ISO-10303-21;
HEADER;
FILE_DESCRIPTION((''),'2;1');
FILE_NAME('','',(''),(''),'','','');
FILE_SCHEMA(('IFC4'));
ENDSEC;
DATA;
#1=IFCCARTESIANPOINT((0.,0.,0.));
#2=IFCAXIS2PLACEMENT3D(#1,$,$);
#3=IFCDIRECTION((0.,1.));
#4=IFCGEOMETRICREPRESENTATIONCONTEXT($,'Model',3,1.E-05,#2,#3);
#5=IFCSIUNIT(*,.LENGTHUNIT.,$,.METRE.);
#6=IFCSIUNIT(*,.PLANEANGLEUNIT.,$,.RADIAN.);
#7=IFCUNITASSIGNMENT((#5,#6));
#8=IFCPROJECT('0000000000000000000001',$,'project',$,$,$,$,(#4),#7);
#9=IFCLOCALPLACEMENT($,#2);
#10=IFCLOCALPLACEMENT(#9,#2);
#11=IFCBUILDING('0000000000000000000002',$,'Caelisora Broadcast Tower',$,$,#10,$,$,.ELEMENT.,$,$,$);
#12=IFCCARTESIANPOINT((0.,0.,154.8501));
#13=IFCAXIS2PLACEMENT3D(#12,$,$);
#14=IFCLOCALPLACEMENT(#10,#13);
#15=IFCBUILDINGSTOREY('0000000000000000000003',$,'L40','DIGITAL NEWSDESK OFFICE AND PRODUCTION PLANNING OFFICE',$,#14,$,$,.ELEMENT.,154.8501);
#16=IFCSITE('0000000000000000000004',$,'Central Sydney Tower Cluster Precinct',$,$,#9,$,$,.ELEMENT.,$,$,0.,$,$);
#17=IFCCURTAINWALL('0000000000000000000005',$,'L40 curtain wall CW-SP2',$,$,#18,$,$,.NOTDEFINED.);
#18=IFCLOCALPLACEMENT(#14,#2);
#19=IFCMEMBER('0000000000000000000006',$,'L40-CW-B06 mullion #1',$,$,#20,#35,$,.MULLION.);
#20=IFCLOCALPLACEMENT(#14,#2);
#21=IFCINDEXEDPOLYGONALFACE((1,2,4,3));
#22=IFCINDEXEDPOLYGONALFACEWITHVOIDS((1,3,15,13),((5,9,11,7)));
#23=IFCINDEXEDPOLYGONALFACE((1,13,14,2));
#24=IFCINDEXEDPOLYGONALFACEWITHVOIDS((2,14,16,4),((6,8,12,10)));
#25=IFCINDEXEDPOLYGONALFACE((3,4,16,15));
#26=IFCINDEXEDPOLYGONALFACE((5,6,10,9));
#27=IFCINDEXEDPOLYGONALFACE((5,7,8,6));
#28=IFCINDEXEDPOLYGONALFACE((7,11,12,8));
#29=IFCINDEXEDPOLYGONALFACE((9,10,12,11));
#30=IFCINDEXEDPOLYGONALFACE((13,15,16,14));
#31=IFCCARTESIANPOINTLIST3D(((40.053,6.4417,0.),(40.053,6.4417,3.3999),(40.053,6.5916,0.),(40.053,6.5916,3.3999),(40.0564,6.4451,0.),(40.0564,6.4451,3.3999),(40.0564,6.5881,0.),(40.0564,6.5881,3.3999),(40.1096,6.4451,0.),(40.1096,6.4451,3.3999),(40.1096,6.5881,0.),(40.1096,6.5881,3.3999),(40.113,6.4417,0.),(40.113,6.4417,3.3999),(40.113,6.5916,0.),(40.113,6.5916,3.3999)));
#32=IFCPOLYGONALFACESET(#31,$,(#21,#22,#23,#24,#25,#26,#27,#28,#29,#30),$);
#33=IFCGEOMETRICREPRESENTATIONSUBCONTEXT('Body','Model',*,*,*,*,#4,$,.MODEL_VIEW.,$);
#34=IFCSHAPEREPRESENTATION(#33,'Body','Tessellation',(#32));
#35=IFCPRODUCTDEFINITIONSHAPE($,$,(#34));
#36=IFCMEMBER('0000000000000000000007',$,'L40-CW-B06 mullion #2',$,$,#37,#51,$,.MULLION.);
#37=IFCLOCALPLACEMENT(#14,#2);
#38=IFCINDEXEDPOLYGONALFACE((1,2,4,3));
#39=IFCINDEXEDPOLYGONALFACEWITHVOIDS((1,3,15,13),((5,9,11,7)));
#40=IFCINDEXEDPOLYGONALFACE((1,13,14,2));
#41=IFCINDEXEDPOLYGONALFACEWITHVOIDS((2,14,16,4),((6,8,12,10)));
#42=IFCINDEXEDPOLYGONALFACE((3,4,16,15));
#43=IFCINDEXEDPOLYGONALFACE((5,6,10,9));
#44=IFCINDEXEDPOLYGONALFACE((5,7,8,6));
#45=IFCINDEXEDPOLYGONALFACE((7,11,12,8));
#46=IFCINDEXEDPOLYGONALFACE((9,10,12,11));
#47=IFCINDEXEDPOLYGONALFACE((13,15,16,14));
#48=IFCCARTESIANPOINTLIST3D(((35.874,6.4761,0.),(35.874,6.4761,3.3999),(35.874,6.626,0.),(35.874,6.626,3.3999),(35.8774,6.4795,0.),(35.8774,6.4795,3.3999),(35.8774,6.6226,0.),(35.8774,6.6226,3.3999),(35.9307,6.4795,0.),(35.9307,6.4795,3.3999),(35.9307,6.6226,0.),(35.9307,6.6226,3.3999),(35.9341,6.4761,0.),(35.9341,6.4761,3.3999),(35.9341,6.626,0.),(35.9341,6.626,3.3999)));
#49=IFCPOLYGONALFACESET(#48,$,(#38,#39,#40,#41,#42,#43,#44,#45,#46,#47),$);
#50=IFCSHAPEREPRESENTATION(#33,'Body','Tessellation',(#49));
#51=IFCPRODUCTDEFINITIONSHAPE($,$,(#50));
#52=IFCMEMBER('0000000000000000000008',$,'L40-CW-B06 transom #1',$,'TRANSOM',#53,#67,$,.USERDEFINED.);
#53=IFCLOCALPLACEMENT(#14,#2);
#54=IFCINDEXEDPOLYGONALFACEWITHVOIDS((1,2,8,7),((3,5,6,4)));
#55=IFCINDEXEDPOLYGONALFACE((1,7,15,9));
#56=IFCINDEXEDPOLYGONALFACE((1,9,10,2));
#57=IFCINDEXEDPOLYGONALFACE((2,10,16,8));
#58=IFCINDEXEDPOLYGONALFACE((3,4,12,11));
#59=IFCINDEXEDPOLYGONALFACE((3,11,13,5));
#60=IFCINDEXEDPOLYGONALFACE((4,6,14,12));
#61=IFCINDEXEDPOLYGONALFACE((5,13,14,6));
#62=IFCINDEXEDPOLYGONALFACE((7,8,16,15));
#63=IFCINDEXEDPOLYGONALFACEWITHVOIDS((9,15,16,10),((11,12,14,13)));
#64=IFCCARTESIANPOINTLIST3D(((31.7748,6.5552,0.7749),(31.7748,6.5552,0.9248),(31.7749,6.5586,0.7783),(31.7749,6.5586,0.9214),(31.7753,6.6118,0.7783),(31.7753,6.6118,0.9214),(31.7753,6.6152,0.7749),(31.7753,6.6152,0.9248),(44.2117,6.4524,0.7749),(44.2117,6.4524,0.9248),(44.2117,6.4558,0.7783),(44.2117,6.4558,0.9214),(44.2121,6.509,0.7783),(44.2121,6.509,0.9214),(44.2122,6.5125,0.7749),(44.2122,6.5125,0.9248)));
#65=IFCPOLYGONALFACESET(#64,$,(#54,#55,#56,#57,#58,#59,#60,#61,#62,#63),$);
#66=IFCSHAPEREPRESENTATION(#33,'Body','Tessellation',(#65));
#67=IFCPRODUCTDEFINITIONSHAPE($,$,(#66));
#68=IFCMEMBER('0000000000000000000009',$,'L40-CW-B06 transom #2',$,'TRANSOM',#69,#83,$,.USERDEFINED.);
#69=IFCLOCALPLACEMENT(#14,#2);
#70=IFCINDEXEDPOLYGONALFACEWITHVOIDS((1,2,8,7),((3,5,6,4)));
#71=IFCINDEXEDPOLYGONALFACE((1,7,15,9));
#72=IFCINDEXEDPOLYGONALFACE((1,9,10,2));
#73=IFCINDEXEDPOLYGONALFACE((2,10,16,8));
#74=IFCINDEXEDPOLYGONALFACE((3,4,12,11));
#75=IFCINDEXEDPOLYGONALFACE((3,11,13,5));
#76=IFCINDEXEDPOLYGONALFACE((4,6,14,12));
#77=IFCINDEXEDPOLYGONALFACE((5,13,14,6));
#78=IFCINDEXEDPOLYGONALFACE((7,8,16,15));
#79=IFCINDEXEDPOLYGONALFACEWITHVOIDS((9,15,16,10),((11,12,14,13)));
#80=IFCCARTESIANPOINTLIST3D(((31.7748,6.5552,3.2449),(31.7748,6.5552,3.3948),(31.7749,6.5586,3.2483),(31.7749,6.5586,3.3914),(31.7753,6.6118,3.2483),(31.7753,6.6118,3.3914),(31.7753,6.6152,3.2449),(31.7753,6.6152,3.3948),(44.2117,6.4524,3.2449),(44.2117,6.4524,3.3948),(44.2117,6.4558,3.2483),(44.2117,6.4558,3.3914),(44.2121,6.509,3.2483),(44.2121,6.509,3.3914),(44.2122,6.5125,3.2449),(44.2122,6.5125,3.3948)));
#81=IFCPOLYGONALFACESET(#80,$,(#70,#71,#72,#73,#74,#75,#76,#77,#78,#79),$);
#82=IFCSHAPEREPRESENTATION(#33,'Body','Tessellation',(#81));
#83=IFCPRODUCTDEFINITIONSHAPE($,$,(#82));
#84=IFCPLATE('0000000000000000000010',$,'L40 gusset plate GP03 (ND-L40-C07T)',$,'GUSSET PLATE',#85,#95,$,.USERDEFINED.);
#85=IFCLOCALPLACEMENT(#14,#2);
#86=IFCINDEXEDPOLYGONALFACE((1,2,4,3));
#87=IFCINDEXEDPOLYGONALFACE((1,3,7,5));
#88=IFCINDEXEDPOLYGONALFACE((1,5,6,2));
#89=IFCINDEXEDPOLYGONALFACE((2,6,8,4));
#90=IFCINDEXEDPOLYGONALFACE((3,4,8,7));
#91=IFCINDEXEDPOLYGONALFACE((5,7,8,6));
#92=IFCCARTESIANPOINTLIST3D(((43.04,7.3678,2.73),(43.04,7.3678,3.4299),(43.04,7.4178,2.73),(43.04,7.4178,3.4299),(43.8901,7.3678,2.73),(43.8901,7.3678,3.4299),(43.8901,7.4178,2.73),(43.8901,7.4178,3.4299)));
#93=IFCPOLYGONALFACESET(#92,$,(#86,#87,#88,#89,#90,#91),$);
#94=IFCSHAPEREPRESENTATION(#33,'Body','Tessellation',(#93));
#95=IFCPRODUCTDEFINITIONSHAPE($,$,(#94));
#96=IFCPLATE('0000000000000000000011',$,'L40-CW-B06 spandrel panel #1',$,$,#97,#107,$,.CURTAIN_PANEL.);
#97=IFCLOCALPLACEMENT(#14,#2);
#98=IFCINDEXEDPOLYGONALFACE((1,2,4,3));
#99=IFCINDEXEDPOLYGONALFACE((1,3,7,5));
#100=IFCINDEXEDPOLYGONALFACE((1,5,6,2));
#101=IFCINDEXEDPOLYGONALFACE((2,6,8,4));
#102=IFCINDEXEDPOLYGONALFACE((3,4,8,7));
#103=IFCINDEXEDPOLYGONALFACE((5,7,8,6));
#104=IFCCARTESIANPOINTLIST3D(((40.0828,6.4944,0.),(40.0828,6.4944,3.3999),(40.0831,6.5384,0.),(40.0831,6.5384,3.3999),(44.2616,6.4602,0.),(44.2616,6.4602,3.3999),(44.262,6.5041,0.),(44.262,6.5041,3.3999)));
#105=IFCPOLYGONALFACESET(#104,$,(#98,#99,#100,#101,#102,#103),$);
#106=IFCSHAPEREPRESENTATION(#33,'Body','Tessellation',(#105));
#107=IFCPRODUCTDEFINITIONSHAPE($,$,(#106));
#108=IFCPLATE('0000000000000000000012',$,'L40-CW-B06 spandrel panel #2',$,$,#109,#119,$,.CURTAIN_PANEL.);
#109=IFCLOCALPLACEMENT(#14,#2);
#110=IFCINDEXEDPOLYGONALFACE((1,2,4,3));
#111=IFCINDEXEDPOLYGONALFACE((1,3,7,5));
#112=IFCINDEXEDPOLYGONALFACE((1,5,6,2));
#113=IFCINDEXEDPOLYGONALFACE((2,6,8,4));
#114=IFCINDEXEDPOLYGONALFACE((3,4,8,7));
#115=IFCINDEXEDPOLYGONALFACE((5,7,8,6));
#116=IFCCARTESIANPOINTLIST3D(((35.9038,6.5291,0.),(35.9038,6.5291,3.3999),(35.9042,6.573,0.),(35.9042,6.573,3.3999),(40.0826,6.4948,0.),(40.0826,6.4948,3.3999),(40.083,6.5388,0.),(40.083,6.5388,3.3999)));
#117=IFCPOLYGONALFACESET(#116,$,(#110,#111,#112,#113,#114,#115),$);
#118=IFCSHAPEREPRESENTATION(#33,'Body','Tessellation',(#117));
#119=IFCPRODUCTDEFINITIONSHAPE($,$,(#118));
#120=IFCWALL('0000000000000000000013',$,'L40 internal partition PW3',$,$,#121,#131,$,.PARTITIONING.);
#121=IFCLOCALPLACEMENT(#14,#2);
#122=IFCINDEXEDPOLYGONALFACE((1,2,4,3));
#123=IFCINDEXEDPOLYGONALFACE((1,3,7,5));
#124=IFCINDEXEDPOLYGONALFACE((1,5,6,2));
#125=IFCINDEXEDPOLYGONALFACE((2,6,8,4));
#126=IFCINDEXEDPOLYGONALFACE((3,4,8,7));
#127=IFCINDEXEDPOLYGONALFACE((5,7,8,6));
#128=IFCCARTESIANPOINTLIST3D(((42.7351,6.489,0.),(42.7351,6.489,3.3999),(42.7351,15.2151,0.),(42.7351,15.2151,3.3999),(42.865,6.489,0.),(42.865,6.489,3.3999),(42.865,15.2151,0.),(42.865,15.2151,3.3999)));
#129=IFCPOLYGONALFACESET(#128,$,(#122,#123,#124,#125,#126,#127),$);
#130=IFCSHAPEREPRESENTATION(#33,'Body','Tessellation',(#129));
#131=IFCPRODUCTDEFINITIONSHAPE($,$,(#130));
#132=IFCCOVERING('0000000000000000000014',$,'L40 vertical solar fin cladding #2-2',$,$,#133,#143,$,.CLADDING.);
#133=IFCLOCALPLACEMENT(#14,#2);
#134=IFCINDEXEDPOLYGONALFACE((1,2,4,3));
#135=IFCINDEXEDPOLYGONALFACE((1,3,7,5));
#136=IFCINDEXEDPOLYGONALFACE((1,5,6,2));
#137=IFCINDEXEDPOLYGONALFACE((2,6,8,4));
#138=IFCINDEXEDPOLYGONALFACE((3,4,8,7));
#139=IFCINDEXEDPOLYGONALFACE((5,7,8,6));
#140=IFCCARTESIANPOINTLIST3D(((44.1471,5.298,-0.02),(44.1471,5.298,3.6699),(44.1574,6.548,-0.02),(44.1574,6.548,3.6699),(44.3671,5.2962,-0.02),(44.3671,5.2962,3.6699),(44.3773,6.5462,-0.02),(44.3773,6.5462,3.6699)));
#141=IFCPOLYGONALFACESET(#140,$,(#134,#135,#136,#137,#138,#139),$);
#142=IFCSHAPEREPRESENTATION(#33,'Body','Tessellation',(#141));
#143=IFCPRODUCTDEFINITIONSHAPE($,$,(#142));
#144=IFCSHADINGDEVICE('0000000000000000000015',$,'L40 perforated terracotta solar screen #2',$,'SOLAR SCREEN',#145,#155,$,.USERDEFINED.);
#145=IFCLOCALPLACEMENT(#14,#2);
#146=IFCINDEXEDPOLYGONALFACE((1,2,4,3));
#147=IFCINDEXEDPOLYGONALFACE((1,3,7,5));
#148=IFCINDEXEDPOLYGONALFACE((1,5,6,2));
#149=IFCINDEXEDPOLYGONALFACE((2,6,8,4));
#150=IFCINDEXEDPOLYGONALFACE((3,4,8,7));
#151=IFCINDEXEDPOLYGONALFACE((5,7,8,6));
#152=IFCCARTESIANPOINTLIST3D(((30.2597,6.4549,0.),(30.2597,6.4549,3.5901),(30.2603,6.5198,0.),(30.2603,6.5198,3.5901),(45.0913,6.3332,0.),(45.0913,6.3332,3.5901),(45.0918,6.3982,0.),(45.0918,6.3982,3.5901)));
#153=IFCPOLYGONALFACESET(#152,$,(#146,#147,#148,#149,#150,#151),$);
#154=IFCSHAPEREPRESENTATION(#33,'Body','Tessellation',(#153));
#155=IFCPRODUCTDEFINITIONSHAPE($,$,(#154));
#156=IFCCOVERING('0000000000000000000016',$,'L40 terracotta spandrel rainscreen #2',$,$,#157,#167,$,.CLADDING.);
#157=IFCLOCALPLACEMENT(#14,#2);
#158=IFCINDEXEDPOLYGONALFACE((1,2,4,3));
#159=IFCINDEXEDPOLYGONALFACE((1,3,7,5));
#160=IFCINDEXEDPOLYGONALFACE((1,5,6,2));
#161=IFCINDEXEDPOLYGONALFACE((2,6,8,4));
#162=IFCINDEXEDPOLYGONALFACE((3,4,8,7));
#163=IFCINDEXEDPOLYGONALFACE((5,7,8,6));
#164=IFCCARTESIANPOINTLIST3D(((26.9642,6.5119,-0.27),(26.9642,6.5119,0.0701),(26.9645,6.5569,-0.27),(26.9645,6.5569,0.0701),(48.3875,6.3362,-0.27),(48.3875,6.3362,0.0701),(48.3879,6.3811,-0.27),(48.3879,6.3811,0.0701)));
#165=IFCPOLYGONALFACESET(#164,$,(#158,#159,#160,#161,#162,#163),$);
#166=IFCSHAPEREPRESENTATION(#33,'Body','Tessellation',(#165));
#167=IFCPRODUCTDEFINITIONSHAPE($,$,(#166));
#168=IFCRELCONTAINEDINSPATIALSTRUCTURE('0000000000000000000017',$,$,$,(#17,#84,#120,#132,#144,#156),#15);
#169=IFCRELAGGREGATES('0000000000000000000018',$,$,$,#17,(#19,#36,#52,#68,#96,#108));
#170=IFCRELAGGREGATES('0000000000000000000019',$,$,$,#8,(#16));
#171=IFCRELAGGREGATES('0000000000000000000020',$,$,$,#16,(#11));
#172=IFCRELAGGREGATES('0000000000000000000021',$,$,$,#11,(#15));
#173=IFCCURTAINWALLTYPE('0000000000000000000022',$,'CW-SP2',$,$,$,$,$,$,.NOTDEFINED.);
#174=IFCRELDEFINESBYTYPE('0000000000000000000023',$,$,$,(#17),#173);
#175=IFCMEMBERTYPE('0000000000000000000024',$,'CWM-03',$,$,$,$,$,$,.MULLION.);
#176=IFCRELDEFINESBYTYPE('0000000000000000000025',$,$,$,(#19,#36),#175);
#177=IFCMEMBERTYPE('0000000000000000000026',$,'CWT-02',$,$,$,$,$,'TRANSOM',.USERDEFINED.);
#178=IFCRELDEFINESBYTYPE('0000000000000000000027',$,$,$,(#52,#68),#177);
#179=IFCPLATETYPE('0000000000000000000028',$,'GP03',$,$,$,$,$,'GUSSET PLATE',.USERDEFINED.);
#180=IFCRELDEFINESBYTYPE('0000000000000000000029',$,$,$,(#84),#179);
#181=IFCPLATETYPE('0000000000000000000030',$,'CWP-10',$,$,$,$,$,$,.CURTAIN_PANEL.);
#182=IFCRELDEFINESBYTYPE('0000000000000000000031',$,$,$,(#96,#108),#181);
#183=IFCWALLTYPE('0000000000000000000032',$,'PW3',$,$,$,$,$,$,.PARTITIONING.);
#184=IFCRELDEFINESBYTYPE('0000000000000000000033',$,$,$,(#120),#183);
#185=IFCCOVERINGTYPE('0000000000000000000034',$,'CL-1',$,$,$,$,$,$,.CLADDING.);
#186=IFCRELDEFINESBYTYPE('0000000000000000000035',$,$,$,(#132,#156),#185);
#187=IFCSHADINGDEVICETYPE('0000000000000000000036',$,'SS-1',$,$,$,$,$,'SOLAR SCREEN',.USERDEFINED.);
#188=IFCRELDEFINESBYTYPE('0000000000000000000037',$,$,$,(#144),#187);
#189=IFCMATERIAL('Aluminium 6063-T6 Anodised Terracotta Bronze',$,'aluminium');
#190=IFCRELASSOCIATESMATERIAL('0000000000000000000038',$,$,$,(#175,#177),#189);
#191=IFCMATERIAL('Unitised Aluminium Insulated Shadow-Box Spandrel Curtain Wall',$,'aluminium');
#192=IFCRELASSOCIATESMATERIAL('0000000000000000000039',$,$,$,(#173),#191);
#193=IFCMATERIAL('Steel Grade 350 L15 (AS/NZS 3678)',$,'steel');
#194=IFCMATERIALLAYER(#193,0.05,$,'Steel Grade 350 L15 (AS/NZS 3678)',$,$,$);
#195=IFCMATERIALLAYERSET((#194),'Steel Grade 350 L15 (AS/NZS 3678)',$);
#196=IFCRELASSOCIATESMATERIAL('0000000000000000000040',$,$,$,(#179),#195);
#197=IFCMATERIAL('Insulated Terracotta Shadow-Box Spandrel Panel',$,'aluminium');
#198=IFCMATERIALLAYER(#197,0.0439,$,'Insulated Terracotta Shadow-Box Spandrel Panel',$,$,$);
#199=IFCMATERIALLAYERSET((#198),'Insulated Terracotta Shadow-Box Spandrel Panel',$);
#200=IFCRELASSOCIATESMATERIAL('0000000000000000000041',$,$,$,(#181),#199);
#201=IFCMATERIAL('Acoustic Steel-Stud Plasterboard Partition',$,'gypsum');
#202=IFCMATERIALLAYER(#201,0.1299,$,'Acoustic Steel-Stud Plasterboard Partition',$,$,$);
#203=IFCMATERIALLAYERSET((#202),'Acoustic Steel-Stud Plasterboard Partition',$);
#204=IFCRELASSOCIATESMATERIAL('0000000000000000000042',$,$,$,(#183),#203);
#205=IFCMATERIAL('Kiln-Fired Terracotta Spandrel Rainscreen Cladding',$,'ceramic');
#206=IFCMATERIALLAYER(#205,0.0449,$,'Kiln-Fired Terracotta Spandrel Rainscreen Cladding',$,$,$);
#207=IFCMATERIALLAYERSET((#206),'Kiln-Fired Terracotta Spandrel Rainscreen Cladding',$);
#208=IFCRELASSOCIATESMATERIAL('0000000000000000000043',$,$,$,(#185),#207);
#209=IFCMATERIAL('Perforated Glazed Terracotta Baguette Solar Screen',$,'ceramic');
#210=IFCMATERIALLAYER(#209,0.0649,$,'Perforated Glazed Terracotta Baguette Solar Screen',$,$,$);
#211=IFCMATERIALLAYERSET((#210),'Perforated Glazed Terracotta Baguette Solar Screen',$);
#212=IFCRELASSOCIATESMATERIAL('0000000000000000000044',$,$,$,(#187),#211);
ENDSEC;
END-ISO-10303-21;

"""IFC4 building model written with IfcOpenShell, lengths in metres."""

from ifc_helpers import new_model, si_unit, direction, frame, frame_2d, origin, origin_2d, place, context, subcontext, project, spatial, rectangle, hollow_rectangle, extrude, source, transform, mapped, material, layer, layer_set, material_profile, profile_set, type_object, type_shapes, element, aggregate, save


model = new_model("IFC4")

# Units and contexts
model_context = context("Model", 3, precision=1e-05, world=origin(), true_north=direction((0.0, 1.0)))
body_context = subcontext(model_context, "Body", "Model", "MODEL_VIEW")
ifc_project = project(units=[si_unit("LENGTHUNIT", "METRE"), si_unit("PLANEANGLEUNIT", "RADIAN")], contexts=[model_context])

# Site, building, storey
site_placement = place(None, origin())
site = spatial("IfcSite", under=ifc_project, at=site_placement, Name="Central Sydney Tower Cluster Precinct", CompositionType="ELEMENT", RefElevation=0.0)
building_placement = place(site_placement, origin())
building = spatial("IfcBuilding", under=site, at=building_placement, Name="Caelisora Broadcast Tower", CompositionType="ELEMENT")
storey_placement = place(building_placement, frame((0.0, 0.0, 154.8501)))
storey = spatial("IfcBuildingStorey", under=building, at=storey_placement, Name="L40", Description="DIGITAL NEWSDESK OFFICE AND PRODUCTION PLANNING OFFICE", CompositionType="ELEMENT", Elevation=154.8501)

# Shared definitions
ifc_material_1 = material(Name="Steel Grade 350 L15 (AS/NZS 3678)", Category="steel")

# Shared definitions
ifc_material_2 = material(Name="Aluminium 6063-T6 Anodised Terracotta Bronze", Category="aluminium")
ifc_material_profile_1 = material_profile(ifc_material_2, hollow_rectangle(XDim=0.0601, YDim=0.1499, WallThickness=0.0034, at=origin_2d()), Name="Aluminium 6063-T6 Anodised Terracotta Bronze")
ifc_profile_set_1 = profile_set([ifc_material_profile_1], Name="Aluminium 6063-T6 Anodised Terracotta Bronze")
member_type_1 = type_object("IfcMemberType", Name="CWM-03", PredefinedType="MULLION", material=ifc_profile_set_1)
shared_shape_1 = source(origin(), body_context, "Body", "SweptSolid", [
    extrude(hollow_rectangle(XDim=0.0601, YDim=0.1499, WallThickness=0.0034, at=origin_2d()), origin(), (0.0, 0.0, 1.0), 3.3999),
])
type_shapes(member_type_1, [shared_shape_1])

# Curtain wall, members
ifc_material_3 = material(Name="Unitised Aluminium Insulated Shadow-Box Spandrel Curtain Wall", Category="aluminium")
curtain_wall_type_1 = type_object("IfcCurtainWallType", Name="CW-SP2", PredefinedType="NOTDEFINED", material=ifc_material_3)
curtain_wall_1_placement = place(storey_placement, origin())
curtain_wall_1 = element("IfcCurtainWall", 1, at=curtain_wall_1_placement, inside=storey, type_object=curtain_wall_type_1, Name="L40 curtain wall CW-SP2", PredefinedType="NOTDEFINED")
member_1_placement = place(storey_placement, frame((40.083, 6.5166, 0.0), z_axis=(0.0, 0.0, 1.0), x_axis=(1.0, 0.0, 0.0)))
member_1 = element("IfcMember", 2, at=member_1_placement, type_object=member_type_1, Name="L40-CW-B06 mullion #1", PredefinedType="MULLION", context=body_context, shape_type="MappedRepresentation", body=[
    mapped(shared_shape_1, transform((0.0, 0.0, 0.0), scale=1.0)),
])
member_2_placement = place(storey_placement, frame((35.9041, 6.551, 0.0), z_axis=(0.0, 0.0, 1.0), x_axis=(1.0, 0.0, 0.0)))
member_2 = element("IfcMember", 3, at=member_2_placement, type_object=member_type_1, Name="L40-CW-B06 mullion #2", PredefinedType="MULLION", context=body_context, shape_type="MappedRepresentation", body=[
    mapped(shared_shape_1, transform((0.0, 0.0, 0.0), scale=1.0)),
])
ifc_material_profile_2 = material_profile(ifc_material_2, hollow_rectangle(XDim=0.0601, YDim=0.1499, WallThickness=0.0034, at=origin_2d()), Name="Aluminium 6063-T6 Anodised Terracotta Bronze")
ifc_profile_set_2 = profile_set([ifc_material_profile_2], Name="Aluminium 6063-T6 Anodised Terracotta Bronze")
member_type_2 = type_object("IfcMemberType", Name="CWT-02", ElementType="TRANSOM", PredefinedType="USERDEFINED", material=ifc_profile_set_2)
shared_shape_2 = source(origin(), body_context, "Body", "SweptSolid", [
    extrude(hollow_rectangle(XDim=0.0601, YDim=0.1499, WallThickness=0.0034, at=origin_2d()), origin(), (0.0, 0.0, 1.0), 12.4373),
])
type_shapes(member_type_2, [shared_shape_2])
member_3_placement = place(storey_placement, frame((44.2119, 6.4824, 0.8499), z_axis=(-0.999966, 0.008264, 0.0), x_axis=(-0.008264, -0.999966, 0.0)))
member_3 = element("IfcMember", 4, at=member_3_placement, type_object=member_type_2, Name="L40-CW-B06 transom #1", ObjectType="TRANSOM", PredefinedType="USERDEFINED", context=body_context, shape_type="MappedRepresentation", body=[
    mapped(shared_shape_2, transform((0.0, 0.0, 0.0), scale=1.0)),
])
member_4_placement = place(storey_placement, frame((44.2119, 6.4824, 3.3198), z_axis=(-0.999966, 0.008264, 0.0), x_axis=(-0.008264, -0.999966, 0.0)))
member_4 = element("IfcMember", 5, at=member_4_placement, type_object=member_type_2, Name="L40-CW-B06 transom #2", ObjectType="TRANSOM", PredefinedType="USERDEFINED", context=body_context, shape_type="MappedRepresentation", body=[
    mapped(shared_shape_2, transform((0.0, 0.0, 0.0), scale=1.0)),
])

# Plates
ifc_layer_1 = layer(ifc_material_1, 0.05, Name="Steel Grade 350 L15 (AS/NZS 3678)")
ifc_layer_set_1 = layer_set([ifc_layer_1], Name="Steel Grade 350 L15 (AS/NZS 3678)")
plate_type_1 = type_object("IfcPlateType", Name="GP03", ElementType="GUSSET PLATE", PredefinedType="USERDEFINED", material=ifc_layer_set_1)
shared_shape_3 = source(origin(), body_context, "Body", "SweptSolid", [
    extrude(rectangle(XDim=0.8501, YDim=0.05, at=origin_2d()), origin(), (0.0, 0.0, 1.0), 0.7),
])
type_shapes(plate_type_1, [shared_shape_3])
plate_1_placement = place(storey_placement, frame((43.4651, 7.3928, 2.73), z_axis=(0.0, 0.0, 1.0), x_axis=(1.0, 0.0, 0.0)))
element("IfcPlate", 6, at=plate_1_placement, inside=storey, type_object=plate_type_1, Name="L40 gusset plate GP03 (ND-L40-C07T)", ObjectType="GUSSET PLATE", PredefinedType="USERDEFINED", context=body_context, shape_type="MappedRepresentation", body=[
    mapped(shared_shape_3, transform((0.0, 0.0, 0.0), scale=1.0)),
])
ifc_material_4 = material(Name="Insulated Terracotta Shadow-Box Spandrel Panel", Category="aluminium")
ifc_layer_2 = layer(ifc_material_4, 0.0439, Name="Insulated Terracotta Shadow-Box Spandrel Panel")
ifc_layer_set_2 = layer_set([ifc_layer_2], Name="Insulated Terracotta Shadow-Box Spandrel Panel")
plate_type_2 = type_object("IfcPlateType", Name="CWP-10", PredefinedType="CURTAIN_PANEL", material=ifc_layer_set_2)
shared_shape_4 = source(origin(), body_context, "Body", "SweptSolid", [
    extrude(rectangle(XDim=4.179, YDim=0.0439, at=origin_2d()), origin(), (0.0, 0.0, 1.0), 3.3999),
])
type_shapes(plate_type_2, [shared_shape_4])
plate_2_placement = place(storey_placement, frame((42.1724, 6.4993, 0.0), z_axis=(0.0, 0.0, 1.0), x_axis=(-0.999966, 0.008203, 0.0)))
plate_2 = element("IfcPlate", 7, at=plate_2_placement, type_object=plate_type_2, Name="L40-CW-B06 spandrel panel #1", PredefinedType="CURTAIN_PANEL", context=body_context, shape_type="MappedRepresentation", body=[
    mapped(shared_shape_4, transform((0.0, 0.0, 0.0), scale=1.0)),
])
plate_3_placement = place(storey_placement, frame((37.9934, 6.5339, 0.0), z_axis=(0.0, 0.0, 1.0), x_axis=(-0.999966, 0.008203, 0.0)))
plate_3 = element("IfcPlate", 8, at=plate_3_placement, type_object=plate_type_2, Name="L40-CW-B06 spandrel panel #2", PredefinedType="CURTAIN_PANEL", context=body_context, shape_type="MappedRepresentation", body=[
    mapped(shared_shape_4, transform((0.0, 0.0, 0.0), scale=1.0)),
])
aggregate(curtain_wall_1, [member_1, member_2, member_3, member_4, plate_2, plate_3])

# Wall
ifc_material_5 = material(Name="Acoustic Steel-Stud Plasterboard Partition", Category="gypsum")
ifc_layer_3 = layer(ifc_material_5, 0.1299, Name="Acoustic Steel-Stud Plasterboard Partition")
ifc_layer_set_3 = layer_set([ifc_layer_3], Name="Acoustic Steel-Stud Plasterboard Partition")
wall_type = type_object("IfcWallType", Name="PW3", PredefinedType="PARTITIONING", material=ifc_layer_set_3)
wall_placement = place(storey_placement, frame((42.8, 6.489, 0.0), z_axis=(0.0, 0.0, 1.0), x_axis=(0.0, 1.0, 0.0)))
element("IfcWall", 9, at=wall_placement, inside=storey, type_object=wall_type, Name="L40 internal partition PW3", PredefinedType="PARTITIONING", context=body_context, shape_type="SweptSolid", body=[
    extrude(rectangle(XDim=8.7261, YDim=0.1299, at=frame_2d((4.363, 0.0))), origin(), (0.0, 0.0, 1.0), 3.3999),
])

# Covering
ifc_material_6 = material(Name="Kiln-Fired Terracotta Spandrel Rainscreen Cladding", Category="ceramic")
ifc_layer_4 = layer(ifc_material_6, 0.0449, Name="Kiln-Fired Terracotta Spandrel Rainscreen Cladding")
ifc_layer_set_4 = layer_set([ifc_layer_4], Name="Kiln-Fired Terracotta Spandrel Rainscreen Cladding")
covering_type = type_object("IfcCoveringType", Name="CL-1", PredefinedType="CLADDING", material=ifc_layer_set_4)
shared_shape_5 = source(origin(), body_context, "Body", "SweptSolid", [
    extrude(rectangle(XDim=0.22, YDim=1.25, at=origin_2d()), origin(), (0.0, 0.0, 1.0), 3.6899),
])
covering_1_placement = place(storey_placement, frame((44.2622, 5.9221, -0.02), z_axis=(0.0, 0.0, 1.0), x_axis=(-0.999966, 0.008203, 0.0)))
element("IfcCovering", 10, at=covering_1_placement, inside=storey, type_object=covering_type, Name="L40 vertical solar fin cladding #2-2", PredefinedType="CLADDING", context=body_context, shape_type="MappedRepresentation", body=[
    mapped(shared_shape_5, transform((0.0, 0.0, 0.0), scale=1.0)),
])

# Shading device
ifc_material_7 = material(Name="Perforated Glazed Terracotta Baguette Solar Screen", Category="ceramic")
ifc_layer_5 = layer(ifc_material_7, 0.0649, Name="Perforated Glazed Terracotta Baguette Solar Screen")
ifc_layer_set_5 = layer_set([ifc_layer_5], Name="Perforated Glazed Terracotta Baguette Solar Screen")
shading_device_type = type_object("IfcShadingDeviceType", Name="SS-1", ElementType="SOLAR SCREEN", PredefinedType="USERDEFINED", material=ifc_layer_set_5)
shared_shape_6 = source(origin(), body_context, "Body", "SweptSolid", [
    extrude(rectangle(XDim=14.832, YDim=0.0649, at=origin_2d()), origin(), (0.0, 0.0, 1.0), 3.5901),
])
type_shapes(shading_device_type, [shared_shape_6])
shading_device_placement = place(storey_placement, frame((37.6758, 6.4265, 0.0), z_axis=(0.0, 0.0, 1.0), x_axis=(0.999966, -0.008203, 0.0)))
element("IfcShadingDevice", 11, at=shading_device_placement, inside=storey, type_object=shading_device_type, Name="L40 perforated terracotta solar screen #2", ObjectType="SOLAR SCREEN", PredefinedType="USERDEFINED", context=body_context, shape_type="MappedRepresentation", body=[
    mapped(shared_shape_6, transform((0.0, 0.0, 0.0), scale=1.0)),
])

# Covering
shared_shape_7 = source(origin(), body_context, "Body", "SweptSolid", [
    extrude(rectangle(XDim=21.4241, YDim=0.0449, at=origin_2d()), origin(), (0.0, 0.0, 1.0), 0.3401),
])
type_shapes(covering_type, [shared_shape_5, shared_shape_7])
covering_2_placement = place(storey_placement, frame((37.676, 6.4465, -0.27), z_axis=(0.0, 0.0, 1.0), x_axis=(0.999966, -0.008203, 0.0)))
element("IfcCovering", 12, at=covering_2_placement, inside=storey, type_object=covering_type, Name="L40 terracotta spandrel rainscreen #2", PredefinedType="CLADDING", context=body_context, shape_type="MappedRepresentation", body=[
    mapped(shared_shape_7, transform((0.0, 0.0, 0.0), scale=1.0)),
])

save(model, "model.ifc")
